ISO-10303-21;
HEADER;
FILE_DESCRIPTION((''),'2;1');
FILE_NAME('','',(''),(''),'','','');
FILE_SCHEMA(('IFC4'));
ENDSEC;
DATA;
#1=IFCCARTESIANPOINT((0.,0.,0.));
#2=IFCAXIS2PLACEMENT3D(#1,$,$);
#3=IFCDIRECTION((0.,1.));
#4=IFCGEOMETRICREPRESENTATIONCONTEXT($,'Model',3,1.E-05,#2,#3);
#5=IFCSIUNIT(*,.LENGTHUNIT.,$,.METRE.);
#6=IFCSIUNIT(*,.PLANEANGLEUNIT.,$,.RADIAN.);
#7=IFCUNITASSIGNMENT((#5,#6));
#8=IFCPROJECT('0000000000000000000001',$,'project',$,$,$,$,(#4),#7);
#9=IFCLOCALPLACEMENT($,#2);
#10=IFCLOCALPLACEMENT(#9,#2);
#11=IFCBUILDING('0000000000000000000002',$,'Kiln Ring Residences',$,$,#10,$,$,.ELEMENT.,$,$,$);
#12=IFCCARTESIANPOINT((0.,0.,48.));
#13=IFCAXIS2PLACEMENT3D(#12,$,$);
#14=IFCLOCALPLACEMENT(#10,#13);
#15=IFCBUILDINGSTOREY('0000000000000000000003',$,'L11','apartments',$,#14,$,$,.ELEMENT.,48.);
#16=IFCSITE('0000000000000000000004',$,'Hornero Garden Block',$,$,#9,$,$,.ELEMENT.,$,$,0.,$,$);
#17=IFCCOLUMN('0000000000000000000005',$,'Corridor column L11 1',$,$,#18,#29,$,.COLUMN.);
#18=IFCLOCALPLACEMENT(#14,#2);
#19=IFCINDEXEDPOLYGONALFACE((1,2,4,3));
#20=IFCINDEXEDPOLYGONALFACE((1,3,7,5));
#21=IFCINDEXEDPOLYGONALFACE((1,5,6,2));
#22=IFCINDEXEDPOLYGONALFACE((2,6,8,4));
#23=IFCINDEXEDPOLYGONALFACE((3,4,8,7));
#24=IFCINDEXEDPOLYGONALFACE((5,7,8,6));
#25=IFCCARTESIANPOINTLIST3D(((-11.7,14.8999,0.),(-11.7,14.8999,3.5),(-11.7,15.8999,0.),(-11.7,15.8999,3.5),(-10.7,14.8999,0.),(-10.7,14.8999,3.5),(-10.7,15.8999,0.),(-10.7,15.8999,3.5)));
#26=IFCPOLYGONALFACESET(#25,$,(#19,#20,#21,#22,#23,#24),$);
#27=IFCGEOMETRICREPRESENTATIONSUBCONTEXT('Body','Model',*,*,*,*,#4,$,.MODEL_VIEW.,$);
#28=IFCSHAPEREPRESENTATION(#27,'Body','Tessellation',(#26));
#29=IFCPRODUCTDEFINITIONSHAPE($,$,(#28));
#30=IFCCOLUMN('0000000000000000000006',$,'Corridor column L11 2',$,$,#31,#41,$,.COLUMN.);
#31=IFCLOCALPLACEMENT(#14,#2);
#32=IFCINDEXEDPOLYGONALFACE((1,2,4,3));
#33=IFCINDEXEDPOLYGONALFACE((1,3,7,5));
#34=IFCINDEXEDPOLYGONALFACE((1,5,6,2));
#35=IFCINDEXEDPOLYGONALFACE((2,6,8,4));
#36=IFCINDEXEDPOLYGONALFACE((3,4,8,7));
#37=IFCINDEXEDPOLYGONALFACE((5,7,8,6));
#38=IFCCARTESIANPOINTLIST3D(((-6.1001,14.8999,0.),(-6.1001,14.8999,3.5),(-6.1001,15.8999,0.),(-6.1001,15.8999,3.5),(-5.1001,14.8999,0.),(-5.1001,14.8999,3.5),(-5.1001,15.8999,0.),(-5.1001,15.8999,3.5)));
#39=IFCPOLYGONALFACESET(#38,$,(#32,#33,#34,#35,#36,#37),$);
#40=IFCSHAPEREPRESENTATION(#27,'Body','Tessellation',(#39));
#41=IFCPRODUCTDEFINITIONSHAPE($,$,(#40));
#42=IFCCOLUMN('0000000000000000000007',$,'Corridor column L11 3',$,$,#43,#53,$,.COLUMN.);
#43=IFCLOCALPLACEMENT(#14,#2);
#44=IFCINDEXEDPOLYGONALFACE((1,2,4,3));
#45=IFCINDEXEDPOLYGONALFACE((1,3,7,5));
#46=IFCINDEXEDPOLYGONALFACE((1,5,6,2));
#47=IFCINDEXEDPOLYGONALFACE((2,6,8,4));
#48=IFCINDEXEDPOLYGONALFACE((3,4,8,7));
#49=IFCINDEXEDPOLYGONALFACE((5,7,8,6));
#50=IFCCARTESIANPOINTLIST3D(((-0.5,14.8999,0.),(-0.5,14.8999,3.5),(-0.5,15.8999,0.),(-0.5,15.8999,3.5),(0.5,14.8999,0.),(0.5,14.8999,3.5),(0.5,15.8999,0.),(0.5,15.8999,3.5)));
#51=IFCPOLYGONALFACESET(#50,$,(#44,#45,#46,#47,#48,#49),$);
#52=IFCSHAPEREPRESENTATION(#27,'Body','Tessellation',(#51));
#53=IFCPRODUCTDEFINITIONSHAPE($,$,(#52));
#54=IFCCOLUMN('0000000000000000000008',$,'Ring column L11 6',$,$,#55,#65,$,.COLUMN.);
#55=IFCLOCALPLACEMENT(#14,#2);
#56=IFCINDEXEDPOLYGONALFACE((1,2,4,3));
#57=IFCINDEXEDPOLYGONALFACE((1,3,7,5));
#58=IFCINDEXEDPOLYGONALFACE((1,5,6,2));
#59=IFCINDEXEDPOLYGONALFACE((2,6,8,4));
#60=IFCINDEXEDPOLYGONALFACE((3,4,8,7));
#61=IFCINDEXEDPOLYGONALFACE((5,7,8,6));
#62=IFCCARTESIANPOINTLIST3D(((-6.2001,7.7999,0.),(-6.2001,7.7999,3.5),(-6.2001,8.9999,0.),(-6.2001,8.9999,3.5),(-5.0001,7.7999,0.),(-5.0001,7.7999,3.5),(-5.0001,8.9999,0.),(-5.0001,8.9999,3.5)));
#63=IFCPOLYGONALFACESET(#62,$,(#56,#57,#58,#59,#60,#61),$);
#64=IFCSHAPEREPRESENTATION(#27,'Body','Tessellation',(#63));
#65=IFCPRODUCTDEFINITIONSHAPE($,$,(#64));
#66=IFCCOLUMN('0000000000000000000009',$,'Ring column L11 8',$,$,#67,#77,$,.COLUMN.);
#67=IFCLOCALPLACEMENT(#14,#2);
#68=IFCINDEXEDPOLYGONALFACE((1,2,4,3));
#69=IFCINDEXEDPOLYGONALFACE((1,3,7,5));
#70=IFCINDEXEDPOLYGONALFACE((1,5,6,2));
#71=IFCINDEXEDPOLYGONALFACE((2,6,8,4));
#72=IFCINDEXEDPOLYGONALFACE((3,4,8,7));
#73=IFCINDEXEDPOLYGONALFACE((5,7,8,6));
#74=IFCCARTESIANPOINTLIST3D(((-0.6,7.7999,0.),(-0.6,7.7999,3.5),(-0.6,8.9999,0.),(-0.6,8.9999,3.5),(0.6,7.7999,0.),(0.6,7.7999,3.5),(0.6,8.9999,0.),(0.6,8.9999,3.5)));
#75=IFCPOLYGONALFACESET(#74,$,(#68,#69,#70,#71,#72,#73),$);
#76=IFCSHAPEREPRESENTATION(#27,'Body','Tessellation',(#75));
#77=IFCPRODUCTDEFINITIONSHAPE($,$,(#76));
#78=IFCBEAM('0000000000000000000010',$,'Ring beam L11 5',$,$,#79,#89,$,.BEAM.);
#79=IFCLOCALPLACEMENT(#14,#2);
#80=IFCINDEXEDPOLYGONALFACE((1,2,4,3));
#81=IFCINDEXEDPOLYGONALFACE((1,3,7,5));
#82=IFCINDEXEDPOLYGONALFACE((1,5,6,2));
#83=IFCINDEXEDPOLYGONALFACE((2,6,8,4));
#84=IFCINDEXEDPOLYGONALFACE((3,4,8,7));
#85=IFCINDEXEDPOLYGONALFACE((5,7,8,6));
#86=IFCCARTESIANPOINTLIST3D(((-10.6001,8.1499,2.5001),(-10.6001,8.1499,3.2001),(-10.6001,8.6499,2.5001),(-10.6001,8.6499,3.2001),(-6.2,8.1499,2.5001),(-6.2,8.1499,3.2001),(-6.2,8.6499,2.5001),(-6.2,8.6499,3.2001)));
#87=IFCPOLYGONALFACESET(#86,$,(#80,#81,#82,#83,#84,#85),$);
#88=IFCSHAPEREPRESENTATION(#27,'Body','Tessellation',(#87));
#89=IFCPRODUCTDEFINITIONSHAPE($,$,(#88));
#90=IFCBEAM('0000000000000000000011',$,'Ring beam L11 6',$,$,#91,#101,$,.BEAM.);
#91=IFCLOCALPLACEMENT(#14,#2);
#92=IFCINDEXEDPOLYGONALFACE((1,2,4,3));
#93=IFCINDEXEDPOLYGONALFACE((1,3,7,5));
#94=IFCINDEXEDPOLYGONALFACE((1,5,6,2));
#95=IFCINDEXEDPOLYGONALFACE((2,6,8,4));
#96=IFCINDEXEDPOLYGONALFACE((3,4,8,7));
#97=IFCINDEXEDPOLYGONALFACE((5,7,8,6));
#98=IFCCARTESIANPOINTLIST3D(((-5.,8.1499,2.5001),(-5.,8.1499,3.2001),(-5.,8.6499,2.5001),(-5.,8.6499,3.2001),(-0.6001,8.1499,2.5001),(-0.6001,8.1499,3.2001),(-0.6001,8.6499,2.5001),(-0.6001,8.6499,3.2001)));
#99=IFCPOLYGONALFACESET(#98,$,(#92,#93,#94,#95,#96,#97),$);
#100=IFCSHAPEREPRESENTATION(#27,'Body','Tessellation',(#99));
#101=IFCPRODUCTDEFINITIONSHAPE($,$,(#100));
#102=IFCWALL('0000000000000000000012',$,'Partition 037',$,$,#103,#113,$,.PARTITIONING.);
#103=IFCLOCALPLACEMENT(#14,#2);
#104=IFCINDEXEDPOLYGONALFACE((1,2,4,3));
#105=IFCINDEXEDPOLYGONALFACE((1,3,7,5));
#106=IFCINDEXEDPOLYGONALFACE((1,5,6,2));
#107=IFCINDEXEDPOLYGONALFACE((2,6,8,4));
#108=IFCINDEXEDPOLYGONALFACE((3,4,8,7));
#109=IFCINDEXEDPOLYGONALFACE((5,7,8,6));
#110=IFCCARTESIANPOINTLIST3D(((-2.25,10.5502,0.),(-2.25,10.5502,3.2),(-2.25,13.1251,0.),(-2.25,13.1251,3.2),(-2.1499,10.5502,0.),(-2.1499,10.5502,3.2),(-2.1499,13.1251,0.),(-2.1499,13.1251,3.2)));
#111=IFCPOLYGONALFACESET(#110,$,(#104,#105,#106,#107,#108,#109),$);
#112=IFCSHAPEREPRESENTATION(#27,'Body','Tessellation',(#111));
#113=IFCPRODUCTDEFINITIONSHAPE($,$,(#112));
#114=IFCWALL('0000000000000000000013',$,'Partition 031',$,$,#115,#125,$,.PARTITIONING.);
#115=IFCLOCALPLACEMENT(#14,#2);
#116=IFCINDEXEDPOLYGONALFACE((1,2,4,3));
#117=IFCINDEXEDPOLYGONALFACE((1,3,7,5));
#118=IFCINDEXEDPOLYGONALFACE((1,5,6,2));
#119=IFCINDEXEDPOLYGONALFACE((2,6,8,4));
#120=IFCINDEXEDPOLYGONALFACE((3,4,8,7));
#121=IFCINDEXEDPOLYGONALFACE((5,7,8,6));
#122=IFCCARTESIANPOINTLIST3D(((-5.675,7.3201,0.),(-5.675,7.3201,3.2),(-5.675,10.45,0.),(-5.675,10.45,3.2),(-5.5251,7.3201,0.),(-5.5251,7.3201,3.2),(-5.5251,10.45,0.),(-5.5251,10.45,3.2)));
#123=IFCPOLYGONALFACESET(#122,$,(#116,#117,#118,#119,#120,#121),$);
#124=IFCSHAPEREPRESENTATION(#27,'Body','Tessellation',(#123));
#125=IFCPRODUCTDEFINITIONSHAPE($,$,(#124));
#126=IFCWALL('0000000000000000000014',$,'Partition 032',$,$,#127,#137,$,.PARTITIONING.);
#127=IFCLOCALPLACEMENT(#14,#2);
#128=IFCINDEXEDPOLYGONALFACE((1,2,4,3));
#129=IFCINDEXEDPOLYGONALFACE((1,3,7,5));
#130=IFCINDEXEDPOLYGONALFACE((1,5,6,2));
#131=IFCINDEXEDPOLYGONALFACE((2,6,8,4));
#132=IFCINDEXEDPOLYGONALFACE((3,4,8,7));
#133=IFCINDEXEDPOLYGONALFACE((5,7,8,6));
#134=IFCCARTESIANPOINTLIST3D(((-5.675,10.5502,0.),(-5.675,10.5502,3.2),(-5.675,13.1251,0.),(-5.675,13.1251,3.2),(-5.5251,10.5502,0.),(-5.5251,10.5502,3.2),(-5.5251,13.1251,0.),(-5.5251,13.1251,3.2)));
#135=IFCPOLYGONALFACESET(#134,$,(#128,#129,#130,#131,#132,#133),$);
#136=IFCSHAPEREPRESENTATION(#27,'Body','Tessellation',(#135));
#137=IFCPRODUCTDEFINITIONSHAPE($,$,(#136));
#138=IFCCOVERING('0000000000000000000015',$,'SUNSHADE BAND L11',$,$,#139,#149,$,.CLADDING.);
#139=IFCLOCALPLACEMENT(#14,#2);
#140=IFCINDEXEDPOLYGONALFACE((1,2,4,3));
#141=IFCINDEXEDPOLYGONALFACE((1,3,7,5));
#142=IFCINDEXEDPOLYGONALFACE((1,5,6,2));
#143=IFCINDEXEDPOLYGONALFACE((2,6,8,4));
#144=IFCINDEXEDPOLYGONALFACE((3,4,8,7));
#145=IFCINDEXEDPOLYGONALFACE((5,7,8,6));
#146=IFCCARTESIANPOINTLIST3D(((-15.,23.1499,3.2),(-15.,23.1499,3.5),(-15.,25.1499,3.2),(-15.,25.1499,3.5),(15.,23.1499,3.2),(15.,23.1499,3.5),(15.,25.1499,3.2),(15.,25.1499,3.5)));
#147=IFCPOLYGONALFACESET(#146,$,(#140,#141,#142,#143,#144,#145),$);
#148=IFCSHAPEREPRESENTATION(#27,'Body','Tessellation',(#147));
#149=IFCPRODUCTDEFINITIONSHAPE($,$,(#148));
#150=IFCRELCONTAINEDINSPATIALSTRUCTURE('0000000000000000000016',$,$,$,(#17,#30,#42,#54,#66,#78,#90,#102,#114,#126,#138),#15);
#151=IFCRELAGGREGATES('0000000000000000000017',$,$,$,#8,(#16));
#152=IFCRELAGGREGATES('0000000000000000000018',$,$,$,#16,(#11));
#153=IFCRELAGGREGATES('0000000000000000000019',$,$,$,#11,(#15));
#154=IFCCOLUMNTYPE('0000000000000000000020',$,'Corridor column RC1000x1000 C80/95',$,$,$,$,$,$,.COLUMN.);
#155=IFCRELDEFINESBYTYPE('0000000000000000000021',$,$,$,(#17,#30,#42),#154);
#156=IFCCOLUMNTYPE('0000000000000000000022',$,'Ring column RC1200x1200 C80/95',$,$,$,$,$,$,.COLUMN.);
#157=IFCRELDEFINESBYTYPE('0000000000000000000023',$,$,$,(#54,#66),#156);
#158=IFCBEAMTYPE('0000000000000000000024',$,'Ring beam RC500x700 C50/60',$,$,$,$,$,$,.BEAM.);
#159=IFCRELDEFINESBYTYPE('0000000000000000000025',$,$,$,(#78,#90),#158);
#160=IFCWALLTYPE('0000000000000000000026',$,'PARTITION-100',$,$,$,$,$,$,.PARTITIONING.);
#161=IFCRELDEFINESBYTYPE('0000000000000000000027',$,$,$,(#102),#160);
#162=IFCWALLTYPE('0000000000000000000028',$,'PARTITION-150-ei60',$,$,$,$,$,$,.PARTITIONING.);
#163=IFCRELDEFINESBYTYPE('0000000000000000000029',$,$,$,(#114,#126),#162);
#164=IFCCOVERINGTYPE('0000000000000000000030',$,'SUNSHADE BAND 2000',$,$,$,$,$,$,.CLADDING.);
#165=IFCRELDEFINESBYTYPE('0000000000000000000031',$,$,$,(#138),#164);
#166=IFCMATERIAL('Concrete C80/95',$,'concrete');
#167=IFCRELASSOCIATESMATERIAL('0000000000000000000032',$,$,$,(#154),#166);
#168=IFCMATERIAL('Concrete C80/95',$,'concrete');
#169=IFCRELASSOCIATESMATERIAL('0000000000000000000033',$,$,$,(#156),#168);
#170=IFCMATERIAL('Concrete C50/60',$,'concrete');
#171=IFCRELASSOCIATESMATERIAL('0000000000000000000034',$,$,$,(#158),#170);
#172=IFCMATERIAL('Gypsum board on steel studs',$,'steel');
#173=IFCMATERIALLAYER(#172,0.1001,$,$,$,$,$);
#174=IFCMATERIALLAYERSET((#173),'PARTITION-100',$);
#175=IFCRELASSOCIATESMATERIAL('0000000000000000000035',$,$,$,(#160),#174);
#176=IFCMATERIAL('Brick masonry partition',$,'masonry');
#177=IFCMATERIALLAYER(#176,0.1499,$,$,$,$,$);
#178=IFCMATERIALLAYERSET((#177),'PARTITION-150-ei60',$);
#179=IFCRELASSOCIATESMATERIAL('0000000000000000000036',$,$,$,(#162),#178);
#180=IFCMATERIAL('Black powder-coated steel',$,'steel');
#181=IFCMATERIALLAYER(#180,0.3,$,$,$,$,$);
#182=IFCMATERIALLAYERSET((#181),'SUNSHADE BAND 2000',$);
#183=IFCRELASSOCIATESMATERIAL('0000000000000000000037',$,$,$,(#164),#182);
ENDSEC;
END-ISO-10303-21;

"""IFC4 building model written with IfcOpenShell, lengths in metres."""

from ifc_helpers import new_model, si_unit, direction, frame, frame_2d, origin, origin_2d, place, context, subcontext, project, spatial, polyline, rectangle, outline, extrude, material, layer, layer_set, material_profile, profile_set, type_object, element, save


model = new_model("IFC4")

# Units and contexts
model_context = context("Model", 3, precision=1e-05, world=origin(), true_north=direction((0.0, 1.0)))
body_context = subcontext(model_context, "Body", "Model", "MODEL_VIEW")
ifc_project = project(units=[si_unit("LENGTHUNIT", "METRE"), si_unit("PLANEANGLEUNIT", "RADIAN")], contexts=[model_context])

# Site, building, storey
site_placement = place(None, origin())
site = spatial("IfcSite", under=ifc_project, at=site_placement, Name="Hornero Garden Block", CompositionType="ELEMENT", RefElevation=0.0)
building_placement = place(site_placement, origin())
building = spatial("IfcBuilding", under=site, at=building_placement, Name="Kiln Ring Residences", CompositionType="ELEMENT")
storey_placement = place(building_placement, frame((0.0, 0.0, 48.0)))
storey = spatial("IfcBuildingStorey", under=building, at=storey_placement, Name="L11", Description="apartments", CompositionType="ELEMENT", Elevation=48.0)

# Columns
ifc_material_1 = material(Name="Concrete C80/95", Category="concrete")
ifc_material_profile_1 = material_profile(ifc_material_1, rectangle(XDim=1.0, YDim=1.0, at=origin_2d()), Name="RC1000x1000")
ifc_profile_set_1 = profile_set([ifc_material_profile_1], Name="Concrete C80/95")
column_type_1 = type_object("IfcColumnType", Name="Corridor column RC1000x1000 C80/95", PredefinedType="COLUMN", material=ifc_profile_set_1)
for number, where, z_axis, x_axis, name in (
    (1, (-11.2, 15.3999, 0.0), (0.0, 0.0, 1.0), (1.0, 0.0, 0.0), "Corridor column L11 1"),
    (2, (-5.6001, 15.3999, 0.0), (0.0, 0.0, 1.0), (1.0, 0.0, 0.0), "Corridor column L11 2"),
    (3, (0.0, 15.3999, 0.0), (0.0, 0.0, 1.0), (1.0, 0.0, 0.0), "Corridor column L11 3"),
):
    element("IfcColumn", number, at=place(storey_placement, frame(where, z_axis=z_axis, x_axis=x_axis)), inside=storey, type_object=column_type_1, Name=name, PredefinedType="COLUMN", context=body_context, shape_type="SweptSolid", body=[
        extrude(rectangle(XDim=1.0, YDim=1.0, at=origin_2d()), origin(), (0.0, 0.0, 1.0), 3.5),
    ])
ifc_material_2 = material(Name="Concrete C80/95", Category="concrete")
ifc_material_profile_2 = material_profile(ifc_material_2, rectangle(XDim=1.2, YDim=1.2, at=origin_2d()), Name="RC1200x1200")
ifc_profile_set_2 = profile_set([ifc_material_profile_2], Name="Concrete C80/95")
column_type_2 = type_object("IfcColumnType", Name="Ring column RC1200x1200 C80/95", PredefinedType="COLUMN", material=ifc_profile_set_2)
for number, where, z_axis, x_axis, name in (
    (4, (-5.6001, 8.3999, 0.0), (0.0, 0.0, 1.0), (1.0, 0.0, 0.0), "Ring column L11 6"),
    (5, (0.0, 8.3999, 0.0), (0.0, 0.0, 1.0), (1.0, 0.0, 0.0), "Ring column L11 8"),
):
    element("IfcColumn", number, at=place(storey_placement, frame(where, z_axis=z_axis, x_axis=x_axis)), inside=storey, type_object=column_type_2, Name=name, PredefinedType="COLUMN", context=body_context, shape_type="SweptSolid", body=[
        extrude(rectangle(XDim=1.2, YDim=1.2, at=origin_2d()), origin(), (0.0, 0.0, 1.0), 3.5),
    ])

# Beams
ifc_material_3 = material(Name="Concrete C50/60", Category="concrete")
ifc_material_profile_3 = material_profile(ifc_material_3, rectangle(XDim=0.5, YDim=0.7, at=origin_2d()), Name="RC500x700")
ifc_profile_set_3 = profile_set([ifc_material_profile_3], Name="Concrete C50/60")
beam_type = type_object("IfcBeamType", Name="Ring beam RC500x700 C50/60", PredefinedType="BEAM", material=ifc_profile_set_3)
beam_1_placement = place(storey_placement, frame((-10.6001, 8.3999, 2.8501), z_axis=(1.0, 0.0, 0.0), x_axis=(0.0, 1.0, 0.0)))
element("IfcBeam", 6, at=beam_1_placement, inside=storey, type_object=beam_type, Name="Ring beam L11 5", PredefinedType="BEAM", context=body_context, shape_type="SweptSolid", body=[
    extrude(rectangle(XDim=0.5, YDim=0.7, at=origin_2d()), origin(), (0.0, 0.0, 1.0), 4.4001),
])
beam_2_placement = place(storey_placement, frame((-5.0, 8.3999, 2.8501), z_axis=(1.0, 0.0, 0.0), x_axis=(0.0, 1.0, 0.0)))
element("IfcBeam", 7, at=beam_2_placement, inside=storey, type_object=beam_type, Name="Ring beam L11 6", PredefinedType="BEAM", context=body_context, shape_type="SweptSolid", body=[
    extrude(rectangle(XDim=0.5, YDim=0.7, at=origin_2d()), origin(), (0.0, 0.0, 1.0), 4.3999),
])

# Walls
ifc_material_4 = material(Name="Gypsum board on steel studs", Category="steel")
ifc_layer_1 = layer(ifc_material_4, 0.1001)
ifc_layer_set_1 = layer_set([ifc_layer_1], Name="PARTITION-100")
wall_type_1 = type_object("IfcWallType", Name="PARTITION-100", PredefinedType="PARTITIONING", material=ifc_layer_set_1)
wall_1_placement = place(storey_placement, frame((-2.2, 10.55, 0.0), z_axis=(0.0, 0.0, 1.0), x_axis=(0.0, 1.0, 0.0)))
element("IfcWall", 8, at=wall_1_placement, inside=storey, type_object=wall_type_1, Name="Partition 037", PredefinedType="PARTITIONING", context=body_context, shape_type="SweptSolid", body=[
    extrude(rectangle(XDim=2.575, YDim=0.1001, at=frame_2d((1.2876, 0.0))), origin(), (0.0, 0.0, 1.0), 3.2),
])
ifc_material_5 = material(Name="Brick masonry partition", Category="masonry")
ifc_layer_2 = layer(ifc_material_5, 0.1499)
ifc_layer_set_2 = layer_set([ifc_layer_2], Name="PARTITION-150-ei60")
wall_type_2 = type_object("IfcWallType", Name="PARTITION-150-ei60", PredefinedType="PARTITIONING", material=ifc_layer_set_2)
wall_2_placement = place(storey_placement, frame((-5.6001, 7.3201, 0.0), z_axis=(0.0, 0.0, 1.0), x_axis=(0.0, 1.0, 0.0)))
element("IfcWall", 9, at=wall_2_placement, inside=storey, type_object=wall_type_2, Name="Partition 031", PredefinedType="PARTITIONING", context=body_context, shape_type="SweptSolid", body=[
    extrude(rectangle(XDim=3.1299, YDim=0.1499, at=frame_2d((1.5649, 0.0))), origin(), (0.0, 0.0, 1.0), 3.2),
])
wall_3_placement = place(storey_placement, frame((-5.6001, 10.55, 0.0), z_axis=(0.0, 0.0, 1.0), x_axis=(0.0, 1.0, 0.0)))
element("IfcWall", 10, at=wall_3_placement, inside=storey, type_object=wall_type_2, Name="Partition 032", PredefinedType="PARTITIONING", context=body_context, shape_type="SweptSolid", body=[
    extrude(rectangle(XDim=2.575, YDim=0.1499, at=frame_2d((1.2876, 0.0))), origin(), (0.0, 0.0, 1.0), 3.2),
])

# Covering
ifc_material_6 = material(Name="Black powder-coated steel", Category="steel")
ifc_layer_3 = layer(ifc_material_6, 0.3)
ifc_layer_set_3 = layer_set([ifc_layer_3], Name="SUNSHADE BAND 2000")
covering_type = type_object("IfcCoveringType", Name="SUNSHADE BAND 2000", PredefinedType="CLADDING", material=ifc_layer_set_3)
covering_placement = place(storey_placement, frame((0.0, 0.0, 3.2)))
element("IfcCovering", 11, at=covering_placement, inside=storey, type_object=covering_type, Name="SUNSHADE BAND L11", PredefinedType="CLADDING", context=body_context, shape_type="SweptSolid", body=[
    extrude(outline(polyline([(15.0, 25.1499), (-15.0, 25.1499), (-15.0, 23.1499), (15.0, 23.1499), (15.0, 25.1499)])), origin(), (0.0, 0.0, 1.0), 0.3),
])

save(model, "model.ifc")
